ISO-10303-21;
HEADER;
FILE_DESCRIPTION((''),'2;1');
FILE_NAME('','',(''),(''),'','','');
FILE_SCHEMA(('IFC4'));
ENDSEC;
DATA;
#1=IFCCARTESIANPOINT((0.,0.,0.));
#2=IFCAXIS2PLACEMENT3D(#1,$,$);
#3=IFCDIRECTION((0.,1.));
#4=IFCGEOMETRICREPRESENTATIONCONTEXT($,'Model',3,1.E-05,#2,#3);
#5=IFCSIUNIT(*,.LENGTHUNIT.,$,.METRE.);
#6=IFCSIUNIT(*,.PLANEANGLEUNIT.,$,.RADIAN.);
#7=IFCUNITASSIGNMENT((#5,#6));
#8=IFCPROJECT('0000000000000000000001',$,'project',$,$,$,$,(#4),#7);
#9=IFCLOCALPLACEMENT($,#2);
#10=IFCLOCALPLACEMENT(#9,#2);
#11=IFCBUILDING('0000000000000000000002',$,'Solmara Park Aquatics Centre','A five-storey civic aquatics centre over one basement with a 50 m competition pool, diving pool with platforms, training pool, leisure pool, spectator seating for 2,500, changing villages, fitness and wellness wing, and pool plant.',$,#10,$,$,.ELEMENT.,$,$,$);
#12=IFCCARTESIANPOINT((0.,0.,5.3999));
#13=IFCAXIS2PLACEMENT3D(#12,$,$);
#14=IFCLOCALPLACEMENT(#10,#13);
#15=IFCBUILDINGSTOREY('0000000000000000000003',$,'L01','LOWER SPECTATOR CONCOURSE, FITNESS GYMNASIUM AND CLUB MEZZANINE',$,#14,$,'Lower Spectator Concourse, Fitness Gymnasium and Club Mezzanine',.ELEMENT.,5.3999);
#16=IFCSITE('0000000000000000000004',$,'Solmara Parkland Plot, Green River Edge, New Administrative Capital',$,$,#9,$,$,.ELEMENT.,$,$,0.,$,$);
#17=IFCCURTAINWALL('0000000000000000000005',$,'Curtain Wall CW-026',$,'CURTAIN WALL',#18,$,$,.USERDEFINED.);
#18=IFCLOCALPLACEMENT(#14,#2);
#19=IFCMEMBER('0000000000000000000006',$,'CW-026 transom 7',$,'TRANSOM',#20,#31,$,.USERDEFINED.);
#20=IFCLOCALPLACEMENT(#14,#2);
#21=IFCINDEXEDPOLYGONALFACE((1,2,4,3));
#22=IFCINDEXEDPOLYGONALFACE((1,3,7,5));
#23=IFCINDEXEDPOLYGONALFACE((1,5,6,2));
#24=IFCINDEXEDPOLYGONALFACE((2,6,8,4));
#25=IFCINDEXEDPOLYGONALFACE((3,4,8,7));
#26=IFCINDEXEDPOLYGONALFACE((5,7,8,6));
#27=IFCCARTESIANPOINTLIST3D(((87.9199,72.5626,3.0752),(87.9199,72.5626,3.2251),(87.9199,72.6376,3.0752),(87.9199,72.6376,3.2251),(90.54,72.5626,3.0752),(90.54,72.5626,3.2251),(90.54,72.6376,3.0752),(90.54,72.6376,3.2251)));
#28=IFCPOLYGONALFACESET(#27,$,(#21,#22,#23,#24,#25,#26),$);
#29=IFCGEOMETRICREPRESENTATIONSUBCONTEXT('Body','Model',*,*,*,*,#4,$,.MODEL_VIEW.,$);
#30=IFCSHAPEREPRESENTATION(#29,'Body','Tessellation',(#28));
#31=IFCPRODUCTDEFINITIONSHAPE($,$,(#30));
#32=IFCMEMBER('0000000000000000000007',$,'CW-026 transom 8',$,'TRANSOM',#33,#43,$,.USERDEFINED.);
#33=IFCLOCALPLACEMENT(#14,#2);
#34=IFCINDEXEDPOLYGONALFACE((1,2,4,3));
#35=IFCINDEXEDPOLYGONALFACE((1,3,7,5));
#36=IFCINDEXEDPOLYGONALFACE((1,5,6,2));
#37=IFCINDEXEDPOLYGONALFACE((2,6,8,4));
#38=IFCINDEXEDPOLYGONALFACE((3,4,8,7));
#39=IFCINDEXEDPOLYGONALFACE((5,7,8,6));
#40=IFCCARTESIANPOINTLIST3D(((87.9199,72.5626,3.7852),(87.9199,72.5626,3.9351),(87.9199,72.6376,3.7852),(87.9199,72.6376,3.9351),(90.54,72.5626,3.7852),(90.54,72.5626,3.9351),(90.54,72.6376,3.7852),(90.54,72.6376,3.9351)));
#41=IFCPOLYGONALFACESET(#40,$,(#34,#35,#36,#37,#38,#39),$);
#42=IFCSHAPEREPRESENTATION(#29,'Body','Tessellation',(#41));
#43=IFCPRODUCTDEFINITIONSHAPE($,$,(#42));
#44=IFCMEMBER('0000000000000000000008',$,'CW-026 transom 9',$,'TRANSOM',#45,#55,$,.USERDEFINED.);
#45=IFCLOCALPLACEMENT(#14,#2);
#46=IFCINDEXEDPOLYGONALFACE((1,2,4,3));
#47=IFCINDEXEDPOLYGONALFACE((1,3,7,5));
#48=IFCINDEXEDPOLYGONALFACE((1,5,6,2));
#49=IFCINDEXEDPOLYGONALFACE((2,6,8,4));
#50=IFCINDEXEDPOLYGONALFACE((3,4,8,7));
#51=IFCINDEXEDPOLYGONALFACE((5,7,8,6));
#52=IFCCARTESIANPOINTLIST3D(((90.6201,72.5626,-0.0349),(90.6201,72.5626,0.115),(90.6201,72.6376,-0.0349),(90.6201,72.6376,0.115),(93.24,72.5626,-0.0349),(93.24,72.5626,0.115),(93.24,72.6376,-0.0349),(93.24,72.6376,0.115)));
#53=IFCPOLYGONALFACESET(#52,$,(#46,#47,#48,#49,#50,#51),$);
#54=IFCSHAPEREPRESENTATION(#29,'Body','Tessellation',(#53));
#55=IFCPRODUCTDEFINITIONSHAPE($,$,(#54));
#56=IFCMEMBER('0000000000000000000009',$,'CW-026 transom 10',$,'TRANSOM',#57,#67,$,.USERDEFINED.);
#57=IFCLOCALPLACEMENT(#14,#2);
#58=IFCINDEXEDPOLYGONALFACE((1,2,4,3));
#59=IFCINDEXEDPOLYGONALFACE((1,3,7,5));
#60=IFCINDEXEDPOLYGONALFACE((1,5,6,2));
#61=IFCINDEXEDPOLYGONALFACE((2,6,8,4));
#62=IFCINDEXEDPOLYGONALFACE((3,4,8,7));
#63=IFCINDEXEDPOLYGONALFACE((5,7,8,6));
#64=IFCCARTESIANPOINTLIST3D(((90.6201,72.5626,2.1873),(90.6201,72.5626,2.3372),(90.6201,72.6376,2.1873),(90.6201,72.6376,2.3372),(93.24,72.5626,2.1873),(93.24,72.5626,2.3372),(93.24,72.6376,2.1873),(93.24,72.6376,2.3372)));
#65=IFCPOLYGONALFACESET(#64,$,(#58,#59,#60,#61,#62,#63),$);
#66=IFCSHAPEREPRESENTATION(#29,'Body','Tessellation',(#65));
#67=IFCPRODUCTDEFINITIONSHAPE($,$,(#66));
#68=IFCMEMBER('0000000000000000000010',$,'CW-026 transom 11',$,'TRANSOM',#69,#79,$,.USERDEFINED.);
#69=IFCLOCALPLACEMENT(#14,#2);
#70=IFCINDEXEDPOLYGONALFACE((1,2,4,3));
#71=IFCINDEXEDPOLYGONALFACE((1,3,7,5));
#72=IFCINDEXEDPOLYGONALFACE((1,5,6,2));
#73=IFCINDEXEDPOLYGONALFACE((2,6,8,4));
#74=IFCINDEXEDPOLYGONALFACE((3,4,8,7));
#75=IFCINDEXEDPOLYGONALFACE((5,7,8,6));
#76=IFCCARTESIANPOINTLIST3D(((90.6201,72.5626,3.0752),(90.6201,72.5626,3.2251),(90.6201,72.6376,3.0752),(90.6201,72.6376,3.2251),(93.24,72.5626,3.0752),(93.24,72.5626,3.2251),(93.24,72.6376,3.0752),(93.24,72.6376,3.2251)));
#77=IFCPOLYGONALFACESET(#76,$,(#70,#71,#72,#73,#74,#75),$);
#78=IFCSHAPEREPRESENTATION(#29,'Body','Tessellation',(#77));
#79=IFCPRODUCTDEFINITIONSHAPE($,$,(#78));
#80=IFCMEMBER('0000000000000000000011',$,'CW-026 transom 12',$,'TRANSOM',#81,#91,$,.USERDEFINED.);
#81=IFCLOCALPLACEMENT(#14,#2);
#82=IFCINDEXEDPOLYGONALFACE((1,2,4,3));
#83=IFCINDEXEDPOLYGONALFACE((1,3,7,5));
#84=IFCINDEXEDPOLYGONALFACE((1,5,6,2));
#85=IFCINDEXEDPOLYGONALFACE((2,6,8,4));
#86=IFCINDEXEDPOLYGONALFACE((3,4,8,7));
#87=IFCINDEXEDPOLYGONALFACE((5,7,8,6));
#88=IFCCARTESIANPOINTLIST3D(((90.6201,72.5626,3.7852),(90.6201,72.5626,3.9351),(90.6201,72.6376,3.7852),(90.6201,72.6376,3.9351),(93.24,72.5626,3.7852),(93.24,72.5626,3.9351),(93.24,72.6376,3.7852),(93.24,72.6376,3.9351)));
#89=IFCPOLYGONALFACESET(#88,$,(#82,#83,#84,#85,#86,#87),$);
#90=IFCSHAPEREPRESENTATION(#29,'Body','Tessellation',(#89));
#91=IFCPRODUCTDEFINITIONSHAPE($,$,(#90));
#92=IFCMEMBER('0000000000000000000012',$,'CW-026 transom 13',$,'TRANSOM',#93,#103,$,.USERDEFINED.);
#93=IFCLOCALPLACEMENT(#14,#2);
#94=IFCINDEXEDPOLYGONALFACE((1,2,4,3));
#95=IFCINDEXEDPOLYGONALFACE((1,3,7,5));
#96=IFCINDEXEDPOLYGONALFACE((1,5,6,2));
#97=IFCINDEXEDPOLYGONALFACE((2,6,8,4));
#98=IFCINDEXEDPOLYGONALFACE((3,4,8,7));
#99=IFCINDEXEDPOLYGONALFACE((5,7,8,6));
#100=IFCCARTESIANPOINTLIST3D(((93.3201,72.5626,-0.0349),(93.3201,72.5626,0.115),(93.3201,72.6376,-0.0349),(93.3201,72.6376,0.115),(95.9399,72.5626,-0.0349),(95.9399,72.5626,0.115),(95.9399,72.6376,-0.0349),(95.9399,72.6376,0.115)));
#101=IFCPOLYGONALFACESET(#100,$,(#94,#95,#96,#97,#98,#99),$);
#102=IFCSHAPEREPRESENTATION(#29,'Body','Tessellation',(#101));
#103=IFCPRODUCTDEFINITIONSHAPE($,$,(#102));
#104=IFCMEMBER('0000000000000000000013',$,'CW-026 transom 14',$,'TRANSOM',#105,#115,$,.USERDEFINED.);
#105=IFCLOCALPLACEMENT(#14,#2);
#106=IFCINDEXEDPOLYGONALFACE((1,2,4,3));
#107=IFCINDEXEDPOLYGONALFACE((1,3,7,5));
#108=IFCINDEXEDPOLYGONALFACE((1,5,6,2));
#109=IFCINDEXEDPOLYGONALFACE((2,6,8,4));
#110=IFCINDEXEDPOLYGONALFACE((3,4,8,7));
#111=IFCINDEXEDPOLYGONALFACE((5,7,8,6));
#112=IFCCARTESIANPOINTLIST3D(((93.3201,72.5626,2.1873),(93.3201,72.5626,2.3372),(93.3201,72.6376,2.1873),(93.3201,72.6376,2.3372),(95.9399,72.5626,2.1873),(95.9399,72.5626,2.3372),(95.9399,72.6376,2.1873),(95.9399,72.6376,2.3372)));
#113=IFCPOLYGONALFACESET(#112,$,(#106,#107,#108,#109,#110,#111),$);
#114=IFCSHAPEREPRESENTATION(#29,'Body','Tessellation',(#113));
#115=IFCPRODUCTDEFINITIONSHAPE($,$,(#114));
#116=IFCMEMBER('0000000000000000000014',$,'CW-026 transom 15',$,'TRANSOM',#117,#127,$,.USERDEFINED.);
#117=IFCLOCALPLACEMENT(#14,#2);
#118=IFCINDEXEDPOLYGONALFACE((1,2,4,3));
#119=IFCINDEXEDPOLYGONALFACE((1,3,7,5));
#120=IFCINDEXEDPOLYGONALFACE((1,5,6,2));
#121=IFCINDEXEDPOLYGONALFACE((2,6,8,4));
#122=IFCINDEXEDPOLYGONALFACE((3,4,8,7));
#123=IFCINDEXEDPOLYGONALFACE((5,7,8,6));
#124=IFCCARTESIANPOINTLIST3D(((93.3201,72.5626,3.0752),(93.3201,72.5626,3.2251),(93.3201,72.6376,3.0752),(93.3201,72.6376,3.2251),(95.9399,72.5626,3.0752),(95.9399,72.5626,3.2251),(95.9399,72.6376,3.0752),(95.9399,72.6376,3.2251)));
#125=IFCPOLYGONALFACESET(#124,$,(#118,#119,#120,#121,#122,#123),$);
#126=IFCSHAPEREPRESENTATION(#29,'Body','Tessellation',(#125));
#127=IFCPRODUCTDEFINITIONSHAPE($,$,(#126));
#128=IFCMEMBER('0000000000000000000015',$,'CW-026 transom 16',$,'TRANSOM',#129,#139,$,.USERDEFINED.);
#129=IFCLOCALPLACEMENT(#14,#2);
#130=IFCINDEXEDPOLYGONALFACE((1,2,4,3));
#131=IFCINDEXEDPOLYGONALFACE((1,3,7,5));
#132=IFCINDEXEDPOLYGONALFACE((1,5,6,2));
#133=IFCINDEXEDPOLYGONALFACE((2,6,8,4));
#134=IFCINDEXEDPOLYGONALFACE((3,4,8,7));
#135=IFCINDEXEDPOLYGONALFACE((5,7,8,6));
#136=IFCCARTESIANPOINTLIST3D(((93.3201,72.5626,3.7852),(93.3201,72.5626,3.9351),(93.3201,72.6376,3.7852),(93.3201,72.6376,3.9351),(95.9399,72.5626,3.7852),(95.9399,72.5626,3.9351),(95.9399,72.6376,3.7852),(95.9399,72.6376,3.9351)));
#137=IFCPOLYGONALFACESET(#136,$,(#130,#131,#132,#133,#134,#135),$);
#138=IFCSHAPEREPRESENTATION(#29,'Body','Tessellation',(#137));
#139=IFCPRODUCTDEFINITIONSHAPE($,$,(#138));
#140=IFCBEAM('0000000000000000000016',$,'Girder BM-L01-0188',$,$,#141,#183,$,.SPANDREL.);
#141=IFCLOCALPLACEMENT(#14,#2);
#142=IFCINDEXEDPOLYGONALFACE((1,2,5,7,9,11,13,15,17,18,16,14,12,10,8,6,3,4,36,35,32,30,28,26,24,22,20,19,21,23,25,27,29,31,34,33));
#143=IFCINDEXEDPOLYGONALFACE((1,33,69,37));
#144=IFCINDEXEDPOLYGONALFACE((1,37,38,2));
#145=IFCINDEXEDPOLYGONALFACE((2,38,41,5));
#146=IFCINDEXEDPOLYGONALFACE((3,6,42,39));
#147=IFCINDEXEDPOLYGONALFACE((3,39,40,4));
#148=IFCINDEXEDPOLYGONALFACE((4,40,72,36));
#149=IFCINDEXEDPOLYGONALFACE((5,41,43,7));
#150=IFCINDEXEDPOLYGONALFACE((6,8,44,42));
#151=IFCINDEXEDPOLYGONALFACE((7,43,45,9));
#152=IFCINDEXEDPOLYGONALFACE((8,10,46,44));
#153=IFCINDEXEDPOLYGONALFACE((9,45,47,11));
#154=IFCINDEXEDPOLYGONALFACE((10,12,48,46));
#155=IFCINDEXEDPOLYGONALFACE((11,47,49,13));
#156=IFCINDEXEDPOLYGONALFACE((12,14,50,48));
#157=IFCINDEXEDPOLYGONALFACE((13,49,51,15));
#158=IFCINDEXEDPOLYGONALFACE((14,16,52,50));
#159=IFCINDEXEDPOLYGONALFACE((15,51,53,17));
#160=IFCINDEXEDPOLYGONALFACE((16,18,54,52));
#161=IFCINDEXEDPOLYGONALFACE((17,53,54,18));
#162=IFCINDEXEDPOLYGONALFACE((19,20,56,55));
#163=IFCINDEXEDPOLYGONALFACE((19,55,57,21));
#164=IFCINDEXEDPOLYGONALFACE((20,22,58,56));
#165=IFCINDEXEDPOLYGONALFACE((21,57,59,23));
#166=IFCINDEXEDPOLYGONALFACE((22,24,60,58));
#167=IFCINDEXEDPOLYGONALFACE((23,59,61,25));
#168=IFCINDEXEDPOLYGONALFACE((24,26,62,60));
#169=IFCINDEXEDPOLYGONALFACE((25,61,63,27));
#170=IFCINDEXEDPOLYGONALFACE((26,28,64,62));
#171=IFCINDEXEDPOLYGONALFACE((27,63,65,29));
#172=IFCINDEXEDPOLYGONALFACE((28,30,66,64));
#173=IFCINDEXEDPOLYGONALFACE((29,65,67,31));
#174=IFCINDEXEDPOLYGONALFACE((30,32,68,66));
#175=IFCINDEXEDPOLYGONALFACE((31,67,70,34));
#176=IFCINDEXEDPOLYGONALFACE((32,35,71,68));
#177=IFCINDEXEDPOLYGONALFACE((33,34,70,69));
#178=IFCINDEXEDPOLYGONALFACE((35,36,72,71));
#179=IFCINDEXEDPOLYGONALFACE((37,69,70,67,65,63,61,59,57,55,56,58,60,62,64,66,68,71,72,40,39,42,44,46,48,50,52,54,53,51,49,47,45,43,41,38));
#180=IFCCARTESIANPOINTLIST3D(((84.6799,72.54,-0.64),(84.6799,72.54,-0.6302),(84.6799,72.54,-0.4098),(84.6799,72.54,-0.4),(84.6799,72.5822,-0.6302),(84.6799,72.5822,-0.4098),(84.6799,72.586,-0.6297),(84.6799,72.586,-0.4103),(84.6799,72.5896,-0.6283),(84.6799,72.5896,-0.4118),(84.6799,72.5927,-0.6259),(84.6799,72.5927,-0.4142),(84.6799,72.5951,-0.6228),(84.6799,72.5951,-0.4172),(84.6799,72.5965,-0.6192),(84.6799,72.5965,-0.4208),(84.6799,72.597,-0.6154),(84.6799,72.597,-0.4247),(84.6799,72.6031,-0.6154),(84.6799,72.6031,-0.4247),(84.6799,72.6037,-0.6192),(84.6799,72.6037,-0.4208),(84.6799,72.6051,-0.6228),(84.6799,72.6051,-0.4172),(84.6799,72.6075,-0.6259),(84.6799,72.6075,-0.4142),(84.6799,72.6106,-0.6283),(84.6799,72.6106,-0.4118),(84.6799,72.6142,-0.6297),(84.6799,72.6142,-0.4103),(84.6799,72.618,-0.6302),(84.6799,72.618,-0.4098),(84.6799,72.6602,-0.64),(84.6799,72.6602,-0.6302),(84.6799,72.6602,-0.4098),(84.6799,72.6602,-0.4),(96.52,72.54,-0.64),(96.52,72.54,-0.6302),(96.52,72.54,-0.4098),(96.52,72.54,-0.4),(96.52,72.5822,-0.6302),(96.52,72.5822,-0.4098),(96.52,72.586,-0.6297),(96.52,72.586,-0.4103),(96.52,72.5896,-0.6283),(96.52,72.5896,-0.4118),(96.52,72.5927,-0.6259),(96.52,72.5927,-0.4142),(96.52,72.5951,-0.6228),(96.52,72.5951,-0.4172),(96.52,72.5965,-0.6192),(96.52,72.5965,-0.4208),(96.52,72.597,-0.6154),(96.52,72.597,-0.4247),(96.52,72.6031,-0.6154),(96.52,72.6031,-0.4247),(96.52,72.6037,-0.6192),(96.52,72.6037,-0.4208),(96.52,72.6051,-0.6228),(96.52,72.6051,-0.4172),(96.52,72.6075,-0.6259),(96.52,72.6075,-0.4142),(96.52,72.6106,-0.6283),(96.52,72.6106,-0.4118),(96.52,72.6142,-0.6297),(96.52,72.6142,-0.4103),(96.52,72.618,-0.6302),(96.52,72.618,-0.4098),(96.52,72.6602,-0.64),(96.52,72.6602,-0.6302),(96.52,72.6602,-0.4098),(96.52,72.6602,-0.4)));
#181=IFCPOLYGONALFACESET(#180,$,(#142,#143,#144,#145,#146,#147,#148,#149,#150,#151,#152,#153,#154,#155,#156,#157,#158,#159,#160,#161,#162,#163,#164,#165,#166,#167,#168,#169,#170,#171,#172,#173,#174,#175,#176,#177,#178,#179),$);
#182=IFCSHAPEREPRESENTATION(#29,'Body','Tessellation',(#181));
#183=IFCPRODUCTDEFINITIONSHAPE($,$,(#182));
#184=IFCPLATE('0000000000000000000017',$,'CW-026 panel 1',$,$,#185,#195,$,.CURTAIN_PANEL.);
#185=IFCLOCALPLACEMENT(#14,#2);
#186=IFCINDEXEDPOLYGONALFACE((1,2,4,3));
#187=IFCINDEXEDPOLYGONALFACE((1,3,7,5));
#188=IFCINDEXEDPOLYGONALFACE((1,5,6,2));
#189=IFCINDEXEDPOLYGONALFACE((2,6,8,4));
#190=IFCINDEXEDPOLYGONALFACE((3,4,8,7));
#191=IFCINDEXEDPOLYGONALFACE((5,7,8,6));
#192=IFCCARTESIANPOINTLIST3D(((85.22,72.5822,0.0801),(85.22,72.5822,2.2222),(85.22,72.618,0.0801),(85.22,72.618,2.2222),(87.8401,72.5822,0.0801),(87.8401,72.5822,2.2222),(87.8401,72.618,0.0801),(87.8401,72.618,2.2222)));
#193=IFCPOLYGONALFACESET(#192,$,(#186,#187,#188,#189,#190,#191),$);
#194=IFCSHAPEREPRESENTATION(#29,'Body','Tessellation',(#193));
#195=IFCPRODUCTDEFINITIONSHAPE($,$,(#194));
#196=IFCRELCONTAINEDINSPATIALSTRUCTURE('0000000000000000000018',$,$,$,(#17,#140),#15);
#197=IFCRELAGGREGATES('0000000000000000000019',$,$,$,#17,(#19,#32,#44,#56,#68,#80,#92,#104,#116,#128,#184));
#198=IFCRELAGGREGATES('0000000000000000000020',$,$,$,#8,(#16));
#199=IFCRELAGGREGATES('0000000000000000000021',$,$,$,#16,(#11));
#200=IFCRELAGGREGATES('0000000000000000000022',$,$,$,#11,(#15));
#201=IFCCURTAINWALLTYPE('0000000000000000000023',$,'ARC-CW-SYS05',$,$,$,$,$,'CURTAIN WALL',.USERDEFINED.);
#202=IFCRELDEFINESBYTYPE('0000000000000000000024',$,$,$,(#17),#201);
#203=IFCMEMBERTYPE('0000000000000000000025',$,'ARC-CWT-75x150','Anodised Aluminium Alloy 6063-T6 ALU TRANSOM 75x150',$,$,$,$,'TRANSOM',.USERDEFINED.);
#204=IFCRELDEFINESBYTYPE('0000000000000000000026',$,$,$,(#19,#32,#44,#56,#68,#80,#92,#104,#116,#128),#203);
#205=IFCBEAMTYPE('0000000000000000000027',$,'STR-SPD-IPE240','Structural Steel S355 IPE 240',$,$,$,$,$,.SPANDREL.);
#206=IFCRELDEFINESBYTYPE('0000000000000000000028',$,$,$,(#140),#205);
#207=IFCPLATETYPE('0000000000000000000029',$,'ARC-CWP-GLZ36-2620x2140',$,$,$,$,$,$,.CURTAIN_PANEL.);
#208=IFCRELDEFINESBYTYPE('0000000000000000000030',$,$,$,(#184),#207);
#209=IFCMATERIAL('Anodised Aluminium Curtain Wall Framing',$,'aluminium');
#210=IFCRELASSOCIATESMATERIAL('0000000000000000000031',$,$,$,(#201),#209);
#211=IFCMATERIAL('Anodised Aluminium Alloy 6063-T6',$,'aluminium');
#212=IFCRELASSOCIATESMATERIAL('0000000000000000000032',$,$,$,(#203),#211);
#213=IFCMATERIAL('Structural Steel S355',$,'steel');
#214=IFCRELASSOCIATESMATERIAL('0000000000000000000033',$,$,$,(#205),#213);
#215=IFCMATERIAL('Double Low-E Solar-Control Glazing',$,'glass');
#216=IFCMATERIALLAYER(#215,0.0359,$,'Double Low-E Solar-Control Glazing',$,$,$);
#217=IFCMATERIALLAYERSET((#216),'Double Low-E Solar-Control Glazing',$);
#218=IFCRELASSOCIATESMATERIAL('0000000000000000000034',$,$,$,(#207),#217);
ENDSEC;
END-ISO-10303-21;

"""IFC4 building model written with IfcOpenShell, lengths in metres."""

from ifc_helpers import new_model, si_unit, direction, frame, origin, origin_2d, place, context, subcontext, project, spatial, rectangle, i_section, extrude, material, layer, layer_set, material_profile, profile_set, type_object, element, aggregate, save


model = new_model("IFC4")

# Units and contexts
model_context = context("Model", 3, precision=1e-05, world=origin(), true_north=direction((0.0, 1.0)))
body_context = subcontext(model_context, "Body", "Model", "MODEL_VIEW")
ifc_project = project(units=[si_unit("LENGTHUNIT", "METRE"), si_unit("PLANEANGLEUNIT", "RADIAN")], contexts=[model_context])

# Site, building, storey
site_placement = place(None, origin())
site = spatial("IfcSite", under=ifc_project, at=site_placement, Name="Solmara Parkland Plot, Green River Edge, New Administrative Capital", CompositionType="ELEMENT", RefElevation=0.0)
building_placement = place(site_placement, origin())
building = spatial("IfcBuilding", under=site, at=building_placement, Name="Solmara Park Aquatics Centre", Description="A five-storey civic aquatics centre over one basement with a 50 m competition pool, diving pool with platforms, training pool, leisure pool, spectator seating for 2,500, changing villages, fitness and wellness wing, and pool plant.", CompositionType="ELEMENT")
storey_placement = place(building_placement, frame((0.0, 0.0, 5.3999)))
storey = spatial("IfcBuildingStorey", under=building, at=storey_placement, Name="L01", Description="LOWER SPECTATOR CONCOURSE, FITNESS GYMNASIUM AND CLUB MEZZANINE", LongName="Lower Spectator Concourse, Fitness Gymnasium and Club Mezzanine", CompositionType="ELEMENT", Elevation=5.3999)

# Shared definitions
ifc_material_1 = material(Name="Structural Steel S355", Category="steel")

# Curtain wall, members
ifc_material_2 = material(Name="Anodised Aluminium Curtain Wall Framing", Category="aluminium")
curtain_wall_type = type_object("IfcCurtainWallType", Name="ARC-CW-SYS05", ElementType="CURTAIN WALL", PredefinedType="USERDEFINED", material=ifc_material_2)
curtain_wall_placement = place(storey_placement, origin())
curtain_wall = element("IfcCurtainWall", 1, at=curtain_wall_placement, inside=storey, type_object=curtain_wall_type, Name="Curtain Wall CW-026", ObjectType="CURTAIN WALL", PredefinedType="USERDEFINED")
ifc_material_3 = material(Name="Anodised Aluminium Alloy 6063-T6", Category="aluminium")
ifc_material_profile_1 = material_profile(ifc_material_3, rectangle(XDim=0.075, YDim=0.1499, at=origin_2d()), Name="ALU TRANSOM 75x150")
ifc_profile_set_1 = profile_set([ifc_material_profile_1], Name="Anodised Aluminium Alloy 6063-T6")
member_type_1 = type_object("IfcMemberType", Name="ARC-CWT-75x150", Description="Anodised Aluminium Alloy 6063-T6 ALU TRANSOM 75x150", ElementType="TRANSOM", PredefinedType="USERDEFINED", material=ifc_profile_set_1)
member_1_placement = place(storey_placement, frame((87.9199, 72.6001, 3.1501), z_axis=(1.0, 0.0, 0.0), x_axis=(0.0, 1.0, 0.0)))
member_1 = element("IfcMember", 2, at=member_1_placement, type_object=member_type_1, Name="CW-026 transom 7", ObjectType="TRANSOM", PredefinedType="USERDEFINED", context=body_context, shape_type="SweptSolid", body=[
    extrude(rectangle(XDim=0.075, YDim=0.1499, at=origin_2d()), origin(), (0.0, 0.0, 1.0), 2.6201),
])
member_2_placement = place(storey_placement, frame((87.9199, 72.6001, 3.8601), z_axis=(1.0, 0.0, 0.0), x_axis=(0.0, 1.0, 0.0)))
member_2 = element("IfcMember", 3, at=member_2_placement, type_object=member_type_1, Name="CW-026 transom 8", ObjectType="TRANSOM", PredefinedType="USERDEFINED", context=body_context, shape_type="SweptSolid", body=[
    extrude(rectangle(XDim=0.075, YDim=0.1499, at=origin_2d()), origin(), (0.0, 0.0, 1.0), 2.6201),
])
member_3_placement = place(storey_placement, frame((90.6201, 72.6001, 0.04), z_axis=(1.0, 0.0, 0.0), x_axis=(0.0, 1.0, 0.0)))
member_3 = element("IfcMember", 4, at=member_3_placement, type_object=member_type_1, Name="CW-026 transom 9", ObjectType="TRANSOM", PredefinedType="USERDEFINED", context=body_context, shape_type="SweptSolid", body=[
    extrude(rectangle(XDim=0.075, YDim=0.1499, at=origin_2d()), origin(), (0.0, 0.0, 1.0), 2.6199),
])
member_4_placement = place(storey_placement, frame((90.6201, 72.6001, 2.2622), z_axis=(1.0, 0.0, 0.0), x_axis=(0.0, 1.0, 0.0)))
member_4 = element("IfcMember", 5, at=member_4_placement, type_object=member_type_1, Name="CW-026 transom 10", ObjectType="TRANSOM", PredefinedType="USERDEFINED", context=body_context, shape_type="SweptSolid", body=[
    extrude(rectangle(XDim=0.075, YDim=0.1499, at=origin_2d()), origin(), (0.0, 0.0, 1.0), 2.6199),
])
member_5_placement = place(storey_placement, frame((90.6201, 72.6001, 3.1501), z_axis=(1.0, 0.0, 0.0), x_axis=(0.0, 1.0, 0.0)))
member_5 = element("IfcMember", 6, at=member_5_placement, type_object=member_type_1, Name="CW-026 transom 11", ObjectType="TRANSOM", PredefinedType="USERDEFINED", context=body_context, shape_type="SweptSolid", body=[
    extrude(rectangle(XDim=0.075, YDim=0.1499, at=origin_2d()), origin(), (0.0, 0.0, 1.0), 2.6199),
])
member_6_placement = place(storey_placement, frame((90.6201, 72.6001, 3.8601), z_axis=(1.0, 0.0, 0.0), x_axis=(0.0, 1.0, 0.0)))
member_6 = element("IfcMember", 7, at=member_6_placement, type_object=member_type_1, Name="CW-026 transom 12", ObjectType="TRANSOM", PredefinedType="USERDEFINED", context=body_context, shape_type="SweptSolid", body=[
    extrude(rectangle(XDim=0.075, YDim=0.1499, at=origin_2d()), origin(), (0.0, 0.0, 1.0), 2.6199),
])
member_7_placement = place(storey_placement, frame((93.3201, 72.6001, 0.04), z_axis=(1.0, 0.0, 0.0), x_axis=(0.0, 1.0, 0.0)))
member_7 = element("IfcMember", 8, at=member_7_placement, type_object=member_type_1, Name="CW-026 transom 13", ObjectType="TRANSOM", PredefinedType="USERDEFINED", context=body_context, shape_type="SweptSolid", body=[
    extrude(rectangle(XDim=0.075, YDim=0.1499, at=origin_2d()), origin(), (0.0, 0.0, 1.0), 2.6199),
])
member_8_placement = place(storey_placement, frame((93.3201, 72.6001, 2.2622), z_axis=(1.0, 0.0, 0.0), x_axis=(0.0, 1.0, 0.0)))
member_8 = element("IfcMember", 9, at=member_8_placement, type_object=member_type_1, Name="CW-026 transom 14", ObjectType="TRANSOM", PredefinedType="USERDEFINED", context=body_context, shape_type="SweptSolid", body=[
    extrude(rectangle(XDim=0.075, YDim=0.1499, at=origin_2d()), origin(), (0.0, 0.0, 1.0), 2.6199),
])
member_9_placement = place(storey_placement, frame((93.3201, 72.6001, 3.1501), z_axis=(1.0, 0.0, 0.0), x_axis=(0.0, 1.0, 0.0)))
member_9 = element("IfcMember", 10, at=member_9_placement, type_object=member_type_1, Name="CW-026 transom 15", ObjectType="TRANSOM", PredefinedType="USERDEFINED", context=body_context, shape_type="SweptSolid", body=[
    extrude(rectangle(XDim=0.075, YDim=0.1499, at=origin_2d()), origin(), (0.0, 0.0, 1.0), 2.6199),
])
member_10_placement = place(storey_placement, frame((93.3201, 72.6001, 3.8601), z_axis=(1.0, 0.0, 0.0), x_axis=(0.0, 1.0, 0.0)))
member_10 = element("IfcMember", 11, at=member_10_placement, type_object=member_type_1, Name="CW-026 transom 16", ObjectType="TRANSOM", PredefinedType="USERDEFINED", context=body_context, shape_type="SweptSolid", body=[
    extrude(rectangle(XDim=0.075, YDim=0.1499, at=origin_2d()), origin(), (0.0, 0.0, 1.0), 2.6199),
])

# Beam
ifc_material_profile_2 = material_profile(ifc_material_1, i_section(OverallWidth=0.1201, OverallDepth=0.24, WebThickness=0.0061, FlangeThickness=0.0098, FilletRadius=0.0149, at=origin_2d()), Name="IPE 240")
ifc_profile_set_2 = profile_set([ifc_material_profile_2], Name="Structural Steel S355")
beam_type = type_object("IfcBeamType", Name="STR-SPD-IPE240", Description="Structural Steel S355 IPE 240", PredefinedType="SPANDREL", material=ifc_profile_set_2)
beam_placement = place(storey_placement, frame((84.6799, 72.6001, -0.52), z_axis=(1.0, 0.0, 0.0), x_axis=(0.0, 1.0, 0.0)))
element("IfcBeam", 12, at=beam_placement, inside=storey, type_object=beam_type, Name="Girder BM-L01-0188", PredefinedType="SPANDREL", context=body_context, shape_type="SweptSolid", body=[
    extrude(i_section(OverallWidth=0.1201, OverallDepth=0.24, WebThickness=0.0061, FlangeThickness=0.0098, FilletRadius=0.0149, at=origin_2d()), origin(), (0.0, 0.0, 1.0), 11.8401),
])

# Plate
ifc_material_4 = material(Name="Double Low-E Solar-Control Glazing", Category="glass")
ifc_layer_1 = layer(ifc_material_4, 0.0359, Name="Double Low-E Solar-Control Glazing")
ifc_layer_set_1 = layer_set([ifc_layer_1], Name="Double Low-E Solar-Control Glazing")
plate_type_1 = type_object("IfcPlateType", Name="ARC-CWP-GLZ36-2620x2140", PredefinedType="CURTAIN_PANEL", material=ifc_layer_set_1)
plate_1_placement = place(storey_placement, frame((86.53, 72.6001, 0.0801), z_axis=(0.0, 0.0, 1.0), x_axis=(1.0, 0.0, 0.0)))
plate_1 = element("IfcPlate", 13, at=plate_1_placement, type_object=plate_type_1, Name="CW-026 panel 1", PredefinedType="CURTAIN_PANEL", context=body_context, shape_type="SweptSolid", body=[
    extrude(rectangle(XDim=2.6201, YDim=0.0359, at=origin_2d()), origin(), (0.0, 0.0, 1.0), 2.1421),
])
aggregate(curtain_wall, [member_1, member_2, member_3, member_4, member_5, member_6, member_7, member_8, member_9, member_10, plate_1])

save(model, "model.ifc")
